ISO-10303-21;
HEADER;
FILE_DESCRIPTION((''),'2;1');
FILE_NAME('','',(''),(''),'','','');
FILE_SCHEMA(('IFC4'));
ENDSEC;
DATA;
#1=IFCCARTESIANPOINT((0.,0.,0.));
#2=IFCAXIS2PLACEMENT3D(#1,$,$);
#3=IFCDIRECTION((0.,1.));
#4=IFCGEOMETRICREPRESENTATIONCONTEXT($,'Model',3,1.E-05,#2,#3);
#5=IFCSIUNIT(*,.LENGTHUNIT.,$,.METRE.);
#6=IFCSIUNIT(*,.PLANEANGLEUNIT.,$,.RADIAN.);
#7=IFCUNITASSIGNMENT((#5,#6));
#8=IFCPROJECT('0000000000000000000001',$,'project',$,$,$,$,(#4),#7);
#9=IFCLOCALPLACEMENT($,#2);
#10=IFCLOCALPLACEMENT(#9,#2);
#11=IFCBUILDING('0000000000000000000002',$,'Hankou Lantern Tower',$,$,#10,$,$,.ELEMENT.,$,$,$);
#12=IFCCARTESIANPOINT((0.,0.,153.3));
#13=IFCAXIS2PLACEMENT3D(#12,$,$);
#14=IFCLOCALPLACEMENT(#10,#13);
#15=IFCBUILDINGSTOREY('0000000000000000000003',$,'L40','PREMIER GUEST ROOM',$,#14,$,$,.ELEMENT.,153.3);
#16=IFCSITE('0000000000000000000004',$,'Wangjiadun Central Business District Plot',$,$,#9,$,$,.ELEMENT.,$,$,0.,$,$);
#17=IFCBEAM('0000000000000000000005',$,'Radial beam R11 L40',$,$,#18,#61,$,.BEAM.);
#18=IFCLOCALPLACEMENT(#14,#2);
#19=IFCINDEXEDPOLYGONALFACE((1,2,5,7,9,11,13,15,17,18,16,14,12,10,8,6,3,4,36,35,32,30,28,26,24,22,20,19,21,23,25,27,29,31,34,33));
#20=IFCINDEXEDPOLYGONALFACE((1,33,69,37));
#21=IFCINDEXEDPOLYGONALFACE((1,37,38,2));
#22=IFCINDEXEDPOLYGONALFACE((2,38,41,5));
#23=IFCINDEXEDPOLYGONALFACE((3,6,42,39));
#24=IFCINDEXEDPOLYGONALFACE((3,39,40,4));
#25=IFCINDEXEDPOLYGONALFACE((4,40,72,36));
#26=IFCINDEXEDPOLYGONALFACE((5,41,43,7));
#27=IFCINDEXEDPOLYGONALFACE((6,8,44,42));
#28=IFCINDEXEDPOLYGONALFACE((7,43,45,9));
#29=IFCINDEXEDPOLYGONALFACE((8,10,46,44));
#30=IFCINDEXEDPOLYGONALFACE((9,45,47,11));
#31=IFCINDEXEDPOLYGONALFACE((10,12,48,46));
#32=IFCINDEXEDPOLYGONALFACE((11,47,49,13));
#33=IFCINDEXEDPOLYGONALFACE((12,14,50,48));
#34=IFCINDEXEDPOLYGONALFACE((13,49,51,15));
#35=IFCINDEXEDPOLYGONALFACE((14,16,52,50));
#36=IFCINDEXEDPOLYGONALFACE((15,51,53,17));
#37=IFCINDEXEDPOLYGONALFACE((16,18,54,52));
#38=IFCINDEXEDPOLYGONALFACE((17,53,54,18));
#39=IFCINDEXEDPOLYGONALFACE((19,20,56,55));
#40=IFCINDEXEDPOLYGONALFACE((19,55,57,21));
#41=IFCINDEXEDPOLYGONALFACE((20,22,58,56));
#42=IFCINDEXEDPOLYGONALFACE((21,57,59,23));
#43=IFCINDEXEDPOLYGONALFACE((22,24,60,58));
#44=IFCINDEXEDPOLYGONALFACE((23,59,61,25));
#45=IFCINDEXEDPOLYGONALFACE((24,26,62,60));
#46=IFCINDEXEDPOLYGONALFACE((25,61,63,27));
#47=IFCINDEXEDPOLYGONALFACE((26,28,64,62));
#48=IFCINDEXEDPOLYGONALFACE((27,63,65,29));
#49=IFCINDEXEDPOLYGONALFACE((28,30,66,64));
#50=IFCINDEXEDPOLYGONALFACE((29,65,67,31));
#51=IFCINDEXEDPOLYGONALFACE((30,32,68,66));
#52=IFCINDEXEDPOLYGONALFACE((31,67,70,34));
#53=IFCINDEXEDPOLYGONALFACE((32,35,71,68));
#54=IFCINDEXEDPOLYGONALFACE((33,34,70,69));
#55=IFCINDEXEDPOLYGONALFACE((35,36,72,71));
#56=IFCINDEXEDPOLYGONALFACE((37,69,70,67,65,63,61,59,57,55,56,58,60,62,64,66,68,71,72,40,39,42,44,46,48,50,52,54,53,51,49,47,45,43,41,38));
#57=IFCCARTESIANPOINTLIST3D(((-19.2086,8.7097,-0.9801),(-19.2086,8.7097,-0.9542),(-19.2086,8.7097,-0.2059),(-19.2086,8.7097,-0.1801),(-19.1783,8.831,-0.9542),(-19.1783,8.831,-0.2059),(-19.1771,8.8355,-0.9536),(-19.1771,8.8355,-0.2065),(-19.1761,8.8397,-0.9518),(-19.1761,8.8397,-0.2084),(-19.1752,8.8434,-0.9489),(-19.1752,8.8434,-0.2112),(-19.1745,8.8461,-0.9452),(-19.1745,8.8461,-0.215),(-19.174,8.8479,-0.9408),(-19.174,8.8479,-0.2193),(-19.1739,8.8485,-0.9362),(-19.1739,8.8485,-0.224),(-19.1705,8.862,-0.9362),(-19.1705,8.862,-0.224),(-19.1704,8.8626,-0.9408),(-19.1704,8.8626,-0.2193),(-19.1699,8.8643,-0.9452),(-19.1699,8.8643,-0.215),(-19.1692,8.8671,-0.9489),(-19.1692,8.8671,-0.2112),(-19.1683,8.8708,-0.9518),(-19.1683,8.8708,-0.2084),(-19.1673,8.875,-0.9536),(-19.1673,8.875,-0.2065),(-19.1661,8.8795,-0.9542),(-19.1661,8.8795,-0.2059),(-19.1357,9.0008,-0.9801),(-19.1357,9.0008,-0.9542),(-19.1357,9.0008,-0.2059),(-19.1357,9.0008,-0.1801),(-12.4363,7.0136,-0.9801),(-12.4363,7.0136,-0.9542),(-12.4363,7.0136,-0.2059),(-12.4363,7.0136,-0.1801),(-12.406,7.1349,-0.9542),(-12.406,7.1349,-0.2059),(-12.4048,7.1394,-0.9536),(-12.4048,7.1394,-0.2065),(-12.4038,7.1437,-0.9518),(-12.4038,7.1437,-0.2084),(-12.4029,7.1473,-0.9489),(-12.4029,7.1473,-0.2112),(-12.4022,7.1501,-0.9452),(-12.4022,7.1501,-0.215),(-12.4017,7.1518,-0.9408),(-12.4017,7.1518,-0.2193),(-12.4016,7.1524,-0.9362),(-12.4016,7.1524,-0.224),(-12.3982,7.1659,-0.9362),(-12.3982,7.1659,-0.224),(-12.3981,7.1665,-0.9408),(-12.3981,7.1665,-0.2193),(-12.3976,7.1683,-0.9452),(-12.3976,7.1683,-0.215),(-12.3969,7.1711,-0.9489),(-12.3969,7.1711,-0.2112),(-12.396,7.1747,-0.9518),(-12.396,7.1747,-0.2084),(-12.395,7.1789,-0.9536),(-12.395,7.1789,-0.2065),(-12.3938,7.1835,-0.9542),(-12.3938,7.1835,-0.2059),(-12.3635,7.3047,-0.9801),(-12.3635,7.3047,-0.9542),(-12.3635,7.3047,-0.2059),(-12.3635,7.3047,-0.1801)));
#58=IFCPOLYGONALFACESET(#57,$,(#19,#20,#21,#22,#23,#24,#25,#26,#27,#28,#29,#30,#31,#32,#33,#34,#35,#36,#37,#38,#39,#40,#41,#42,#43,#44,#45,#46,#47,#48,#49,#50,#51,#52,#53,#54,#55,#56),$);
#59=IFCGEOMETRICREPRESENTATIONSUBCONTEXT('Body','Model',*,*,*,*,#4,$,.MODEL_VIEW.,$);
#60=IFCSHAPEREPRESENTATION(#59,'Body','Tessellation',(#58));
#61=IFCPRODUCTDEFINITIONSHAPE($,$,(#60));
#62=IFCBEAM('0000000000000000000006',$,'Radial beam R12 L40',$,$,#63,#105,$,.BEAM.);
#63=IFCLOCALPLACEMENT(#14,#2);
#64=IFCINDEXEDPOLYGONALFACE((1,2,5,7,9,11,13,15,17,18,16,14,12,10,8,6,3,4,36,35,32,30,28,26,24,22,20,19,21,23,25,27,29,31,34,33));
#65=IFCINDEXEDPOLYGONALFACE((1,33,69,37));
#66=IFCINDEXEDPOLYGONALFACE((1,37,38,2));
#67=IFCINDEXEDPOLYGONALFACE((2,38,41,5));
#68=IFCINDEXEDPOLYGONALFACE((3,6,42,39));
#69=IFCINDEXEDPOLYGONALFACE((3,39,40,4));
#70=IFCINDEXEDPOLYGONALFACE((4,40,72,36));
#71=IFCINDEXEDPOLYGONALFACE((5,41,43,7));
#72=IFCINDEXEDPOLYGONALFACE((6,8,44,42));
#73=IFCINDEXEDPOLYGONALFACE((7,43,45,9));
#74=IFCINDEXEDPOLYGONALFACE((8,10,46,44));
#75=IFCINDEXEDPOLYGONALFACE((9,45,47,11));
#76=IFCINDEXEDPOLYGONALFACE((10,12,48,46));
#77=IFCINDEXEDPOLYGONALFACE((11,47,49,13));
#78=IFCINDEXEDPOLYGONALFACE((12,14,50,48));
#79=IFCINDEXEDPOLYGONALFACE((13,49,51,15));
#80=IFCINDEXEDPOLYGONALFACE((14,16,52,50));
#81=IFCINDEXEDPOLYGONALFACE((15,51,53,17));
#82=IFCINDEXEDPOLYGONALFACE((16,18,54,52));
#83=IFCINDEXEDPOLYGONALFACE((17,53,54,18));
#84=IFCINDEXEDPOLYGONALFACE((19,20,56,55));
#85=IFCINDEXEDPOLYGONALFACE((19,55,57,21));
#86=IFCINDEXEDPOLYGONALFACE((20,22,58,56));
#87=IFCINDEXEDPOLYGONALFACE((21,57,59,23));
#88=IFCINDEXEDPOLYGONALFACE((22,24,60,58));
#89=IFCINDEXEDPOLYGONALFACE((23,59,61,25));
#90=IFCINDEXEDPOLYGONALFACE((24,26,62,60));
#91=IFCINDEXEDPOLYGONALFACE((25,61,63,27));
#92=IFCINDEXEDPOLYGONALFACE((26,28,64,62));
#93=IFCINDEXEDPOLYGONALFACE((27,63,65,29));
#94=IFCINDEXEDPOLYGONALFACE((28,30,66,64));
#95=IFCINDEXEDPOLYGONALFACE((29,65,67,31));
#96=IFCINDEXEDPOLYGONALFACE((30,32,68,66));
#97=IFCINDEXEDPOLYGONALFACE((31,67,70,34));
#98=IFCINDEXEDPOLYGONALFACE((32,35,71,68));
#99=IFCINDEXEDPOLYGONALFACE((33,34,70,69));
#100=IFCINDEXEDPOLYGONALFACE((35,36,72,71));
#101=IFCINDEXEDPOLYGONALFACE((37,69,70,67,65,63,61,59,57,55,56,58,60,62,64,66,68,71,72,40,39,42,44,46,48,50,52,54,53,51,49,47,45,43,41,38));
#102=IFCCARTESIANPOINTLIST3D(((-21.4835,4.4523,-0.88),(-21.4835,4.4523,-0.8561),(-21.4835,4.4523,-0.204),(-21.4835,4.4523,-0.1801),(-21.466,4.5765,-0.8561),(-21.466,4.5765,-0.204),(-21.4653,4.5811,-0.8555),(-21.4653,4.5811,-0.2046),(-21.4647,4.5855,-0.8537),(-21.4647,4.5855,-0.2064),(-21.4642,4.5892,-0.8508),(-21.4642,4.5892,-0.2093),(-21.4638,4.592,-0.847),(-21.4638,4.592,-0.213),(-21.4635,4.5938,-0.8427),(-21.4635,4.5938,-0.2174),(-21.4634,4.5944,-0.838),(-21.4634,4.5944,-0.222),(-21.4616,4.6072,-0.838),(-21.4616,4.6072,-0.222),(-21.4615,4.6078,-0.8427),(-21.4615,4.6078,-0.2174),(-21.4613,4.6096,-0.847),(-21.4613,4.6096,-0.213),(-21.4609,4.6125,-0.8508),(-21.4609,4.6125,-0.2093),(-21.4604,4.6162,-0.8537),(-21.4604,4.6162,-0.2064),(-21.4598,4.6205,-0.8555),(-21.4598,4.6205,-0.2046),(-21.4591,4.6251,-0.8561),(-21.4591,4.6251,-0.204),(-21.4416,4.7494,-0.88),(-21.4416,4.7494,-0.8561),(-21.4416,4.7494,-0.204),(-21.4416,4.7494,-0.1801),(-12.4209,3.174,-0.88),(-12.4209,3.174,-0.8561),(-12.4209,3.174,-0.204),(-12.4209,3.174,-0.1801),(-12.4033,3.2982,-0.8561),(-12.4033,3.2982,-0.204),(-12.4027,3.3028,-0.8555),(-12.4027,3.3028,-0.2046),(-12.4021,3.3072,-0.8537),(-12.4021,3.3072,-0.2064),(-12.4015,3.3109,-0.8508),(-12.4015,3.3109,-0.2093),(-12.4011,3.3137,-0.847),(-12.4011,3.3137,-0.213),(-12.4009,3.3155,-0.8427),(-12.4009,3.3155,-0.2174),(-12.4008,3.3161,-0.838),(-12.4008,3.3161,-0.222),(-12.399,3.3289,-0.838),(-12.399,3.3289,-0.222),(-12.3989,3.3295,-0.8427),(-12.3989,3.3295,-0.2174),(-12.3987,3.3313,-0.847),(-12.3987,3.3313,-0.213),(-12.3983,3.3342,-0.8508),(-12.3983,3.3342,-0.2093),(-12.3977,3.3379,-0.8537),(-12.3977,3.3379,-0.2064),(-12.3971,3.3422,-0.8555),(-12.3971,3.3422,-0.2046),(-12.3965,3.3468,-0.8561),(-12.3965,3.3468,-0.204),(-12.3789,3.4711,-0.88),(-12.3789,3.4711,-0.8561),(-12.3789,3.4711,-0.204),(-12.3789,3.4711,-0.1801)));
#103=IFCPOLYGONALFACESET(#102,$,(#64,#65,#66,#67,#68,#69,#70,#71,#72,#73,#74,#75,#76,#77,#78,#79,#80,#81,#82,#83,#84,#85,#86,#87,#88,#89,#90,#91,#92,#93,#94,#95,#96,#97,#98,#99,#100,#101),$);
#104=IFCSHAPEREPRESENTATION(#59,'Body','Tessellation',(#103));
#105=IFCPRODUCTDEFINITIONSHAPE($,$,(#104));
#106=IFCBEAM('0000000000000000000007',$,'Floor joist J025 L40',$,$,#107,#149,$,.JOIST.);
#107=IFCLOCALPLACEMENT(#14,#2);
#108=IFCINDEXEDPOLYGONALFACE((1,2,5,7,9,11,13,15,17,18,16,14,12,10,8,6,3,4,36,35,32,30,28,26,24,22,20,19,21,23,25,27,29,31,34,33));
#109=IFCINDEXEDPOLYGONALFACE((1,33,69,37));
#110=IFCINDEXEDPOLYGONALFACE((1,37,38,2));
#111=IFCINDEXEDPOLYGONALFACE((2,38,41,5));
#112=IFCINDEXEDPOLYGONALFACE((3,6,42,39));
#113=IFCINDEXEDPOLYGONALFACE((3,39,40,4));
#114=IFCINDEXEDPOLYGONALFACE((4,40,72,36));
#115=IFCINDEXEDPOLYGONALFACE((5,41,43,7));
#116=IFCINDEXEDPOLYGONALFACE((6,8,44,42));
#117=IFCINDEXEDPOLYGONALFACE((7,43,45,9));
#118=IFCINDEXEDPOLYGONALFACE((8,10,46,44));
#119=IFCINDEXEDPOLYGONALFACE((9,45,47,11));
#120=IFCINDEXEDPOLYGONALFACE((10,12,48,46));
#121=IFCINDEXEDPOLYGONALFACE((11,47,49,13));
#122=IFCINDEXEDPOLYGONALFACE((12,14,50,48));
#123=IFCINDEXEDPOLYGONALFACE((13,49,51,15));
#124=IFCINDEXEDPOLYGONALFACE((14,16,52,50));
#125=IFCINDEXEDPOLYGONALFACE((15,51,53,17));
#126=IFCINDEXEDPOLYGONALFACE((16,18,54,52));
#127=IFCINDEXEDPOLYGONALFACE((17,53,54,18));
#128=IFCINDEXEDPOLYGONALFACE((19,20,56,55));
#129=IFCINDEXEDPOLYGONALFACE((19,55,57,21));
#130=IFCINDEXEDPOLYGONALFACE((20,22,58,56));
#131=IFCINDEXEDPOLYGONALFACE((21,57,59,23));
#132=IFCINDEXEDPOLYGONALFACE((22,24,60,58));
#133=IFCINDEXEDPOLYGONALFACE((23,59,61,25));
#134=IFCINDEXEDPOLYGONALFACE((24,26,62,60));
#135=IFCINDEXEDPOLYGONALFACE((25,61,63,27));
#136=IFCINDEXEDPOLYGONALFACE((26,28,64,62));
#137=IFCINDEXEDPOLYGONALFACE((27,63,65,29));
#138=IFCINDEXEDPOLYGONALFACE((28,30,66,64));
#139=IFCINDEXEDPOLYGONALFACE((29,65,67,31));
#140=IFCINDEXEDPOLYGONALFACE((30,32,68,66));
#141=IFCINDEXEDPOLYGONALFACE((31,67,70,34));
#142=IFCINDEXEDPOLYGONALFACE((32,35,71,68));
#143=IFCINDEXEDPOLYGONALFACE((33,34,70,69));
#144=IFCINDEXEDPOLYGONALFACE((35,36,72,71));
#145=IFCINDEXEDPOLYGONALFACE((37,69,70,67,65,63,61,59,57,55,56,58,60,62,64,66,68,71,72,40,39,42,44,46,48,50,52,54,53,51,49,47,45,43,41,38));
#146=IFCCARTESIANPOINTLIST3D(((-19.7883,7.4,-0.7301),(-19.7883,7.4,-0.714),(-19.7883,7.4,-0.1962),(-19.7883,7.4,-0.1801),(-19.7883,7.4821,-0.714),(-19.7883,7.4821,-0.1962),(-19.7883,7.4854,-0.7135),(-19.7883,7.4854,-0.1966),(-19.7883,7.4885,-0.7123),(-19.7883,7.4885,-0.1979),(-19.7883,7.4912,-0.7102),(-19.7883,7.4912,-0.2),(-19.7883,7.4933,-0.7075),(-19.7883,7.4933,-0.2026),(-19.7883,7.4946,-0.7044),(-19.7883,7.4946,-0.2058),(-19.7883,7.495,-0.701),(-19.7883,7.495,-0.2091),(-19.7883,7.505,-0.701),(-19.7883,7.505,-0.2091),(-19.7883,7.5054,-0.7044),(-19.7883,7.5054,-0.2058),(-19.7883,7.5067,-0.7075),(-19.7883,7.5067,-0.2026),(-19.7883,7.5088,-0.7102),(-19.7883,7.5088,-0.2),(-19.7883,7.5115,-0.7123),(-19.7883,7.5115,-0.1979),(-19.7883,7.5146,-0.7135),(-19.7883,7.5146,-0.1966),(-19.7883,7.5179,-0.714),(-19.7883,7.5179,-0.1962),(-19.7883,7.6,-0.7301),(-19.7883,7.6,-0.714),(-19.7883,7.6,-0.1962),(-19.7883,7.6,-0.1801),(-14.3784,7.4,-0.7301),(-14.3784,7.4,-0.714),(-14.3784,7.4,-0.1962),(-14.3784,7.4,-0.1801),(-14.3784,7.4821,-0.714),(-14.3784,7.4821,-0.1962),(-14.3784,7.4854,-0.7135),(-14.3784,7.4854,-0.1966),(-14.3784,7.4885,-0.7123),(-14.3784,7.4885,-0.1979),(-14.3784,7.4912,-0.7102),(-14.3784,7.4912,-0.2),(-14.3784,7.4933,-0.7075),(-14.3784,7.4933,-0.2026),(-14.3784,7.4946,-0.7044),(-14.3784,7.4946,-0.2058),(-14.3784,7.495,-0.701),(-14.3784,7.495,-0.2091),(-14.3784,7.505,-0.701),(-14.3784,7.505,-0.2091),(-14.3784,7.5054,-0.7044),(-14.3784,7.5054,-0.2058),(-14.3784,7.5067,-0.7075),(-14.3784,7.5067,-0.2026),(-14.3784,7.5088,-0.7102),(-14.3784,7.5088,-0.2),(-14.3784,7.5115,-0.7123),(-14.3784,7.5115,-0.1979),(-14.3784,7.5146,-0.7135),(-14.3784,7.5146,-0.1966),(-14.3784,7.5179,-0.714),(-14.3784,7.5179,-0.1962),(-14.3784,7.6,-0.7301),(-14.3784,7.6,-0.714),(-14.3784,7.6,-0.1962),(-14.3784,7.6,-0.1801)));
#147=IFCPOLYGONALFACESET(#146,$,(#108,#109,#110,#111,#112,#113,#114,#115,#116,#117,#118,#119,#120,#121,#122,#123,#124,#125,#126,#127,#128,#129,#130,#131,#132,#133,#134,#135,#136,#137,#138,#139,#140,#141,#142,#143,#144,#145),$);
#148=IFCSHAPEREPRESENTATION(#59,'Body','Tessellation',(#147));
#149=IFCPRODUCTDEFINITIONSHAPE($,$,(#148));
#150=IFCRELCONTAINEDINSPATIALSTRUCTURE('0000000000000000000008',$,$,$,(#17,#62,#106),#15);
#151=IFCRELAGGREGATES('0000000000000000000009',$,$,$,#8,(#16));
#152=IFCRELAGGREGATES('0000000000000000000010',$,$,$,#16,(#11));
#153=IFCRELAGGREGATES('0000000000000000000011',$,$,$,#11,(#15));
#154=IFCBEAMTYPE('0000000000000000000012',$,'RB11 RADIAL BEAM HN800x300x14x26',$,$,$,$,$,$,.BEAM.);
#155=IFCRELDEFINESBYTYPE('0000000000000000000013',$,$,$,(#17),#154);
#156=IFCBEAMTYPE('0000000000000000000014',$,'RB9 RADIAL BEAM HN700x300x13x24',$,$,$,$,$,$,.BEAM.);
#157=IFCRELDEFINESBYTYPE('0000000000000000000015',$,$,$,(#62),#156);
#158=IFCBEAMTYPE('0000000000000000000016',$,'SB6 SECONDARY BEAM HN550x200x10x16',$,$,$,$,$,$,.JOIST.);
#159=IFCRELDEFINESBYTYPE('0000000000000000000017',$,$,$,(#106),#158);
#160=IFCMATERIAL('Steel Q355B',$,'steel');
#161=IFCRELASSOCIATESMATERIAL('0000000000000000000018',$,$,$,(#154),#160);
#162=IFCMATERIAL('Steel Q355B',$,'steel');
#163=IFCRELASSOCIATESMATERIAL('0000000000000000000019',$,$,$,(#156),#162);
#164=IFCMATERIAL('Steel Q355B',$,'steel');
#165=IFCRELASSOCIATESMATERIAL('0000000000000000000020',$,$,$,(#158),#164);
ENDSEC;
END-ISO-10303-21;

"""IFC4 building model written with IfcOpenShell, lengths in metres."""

from ifc_helpers import new_model, si_unit, direction, frame, origin, origin_2d, place, context, subcontext, project, spatial, i_section, extrude, material, material_profile, profile_set, type_object, element, save


model = new_model("IFC4")

# Units and contexts
model_context = context("Model", 3, precision=1e-05, world=origin(), true_north=direction((0.0, 1.0)))
body_context = subcontext(model_context, "Body", "Model", "MODEL_VIEW")
ifc_project = project(units=[si_unit("LENGTHUNIT", "METRE"), si_unit("PLANEANGLEUNIT", "RADIAN")], contexts=[model_context])

# Site, building, storey
site_placement = place(None, origin())
site = spatial("IfcSite", under=ifc_project, at=site_placement, Name="Wangjiadun Central Business District Plot", CompositionType="ELEMENT", RefElevation=0.0)
building_placement = place(site_placement, origin())
building = spatial("IfcBuilding", under=site, at=building_placement, Name="Hankou Lantern Tower", CompositionType="ELEMENT")
storey_placement = place(building_placement, frame((0.0, 0.0, 153.3)))
storey = spatial("IfcBuildingStorey", under=building, at=storey_placement, Name="L40", Description="PREMIER GUEST ROOM", CompositionType="ELEMENT", Elevation=153.3)

# Beams
ifc_material_1 = material(Name="Steel Q355B", Category="steel")
ifc_material_profile_1 = material_profile(ifc_material_1, i_section(OverallWidth=0.3, OverallDepth=0.8, WebThickness=0.0139, FlangeThickness=0.0259, FilletRadius=0.0181, at=origin_2d()), Name="HN800x300x14x26")
ifc_profile_set_1 = profile_set([ifc_material_profile_1], Name="Steel Q355B")
beam_type_1 = type_object("IfcBeamType", Name="RB11 RADIAL BEAM HN800x300x14x26", PredefinedType="BEAM", material=ifc_profile_set_1)
beam_1_placement = place(storey_placement, frame((-12.3999, 7.1592, -0.5801), z_axis=(-0.970042, 0.242939, 0.0), x_axis=(-0.242939, -0.970042, 0.0)))
element("IfcBeam", 1, at=beam_1_placement, inside=storey, type_object=beam_type_1, Name="Radial beam R11 L40", PredefinedType="BEAM", context=body_context, shape_type="SweptSolid", body=[
    extrude(i_section(OverallWidth=0.3, OverallDepth=0.8, WebThickness=0.0139, FlangeThickness=0.0259, FilletRadius=0.0181, at=origin_2d()), origin(), (0.0, 0.0, 1.0), 6.9814),
])
ifc_material_2 = material(Name="Steel Q355B", Category="steel")
ifc_material_profile_2 = material_profile(ifc_material_2, i_section(OverallWidth=0.3, OverallDepth=0.7, WebThickness=0.0129, FlangeThickness=0.0239, FilletRadius=0.0181, at=origin_2d()), Name="HN700x300x13x24")
ifc_profile_set_2 = profile_set([ifc_material_profile_2], Name="Steel Q355B")
beam_type_2 = type_object("IfcBeamType", Name="RB9 RADIAL BEAM HN700x300x13x24", PredefinedType="BEAM", material=ifc_profile_set_2)
beam_2_placement = place(storey_placement, frame((-12.3999, 3.3225, -0.53), z_axis=(-0.990198, 0.13967, 0.0), x_axis=(-0.13967, -0.990198, 0.0)))
element("IfcBeam", 2, at=beam_2_placement, inside=storey, type_object=beam_type_2, Name="Radial beam R12 L40", PredefinedType="BEAM", context=body_context, shape_type="SweptSolid", body=[
    extrude(i_section(OverallWidth=0.3, OverallDepth=0.7, WebThickness=0.0129, FlangeThickness=0.0239, FilletRadius=0.0181, at=origin_2d()), origin(), (0.0, 0.0, 1.0), 9.1523),
])
ifc_material_3 = material(Name="Steel Q355B", Category="steel")
ifc_material_profile_3 = material_profile(ifc_material_3, i_section(OverallWidth=0.2, OverallDepth=0.55, WebThickness=0.01, FlangeThickness=0.0161, FilletRadius=0.0129, at=origin_2d()), Name="HN550x200x10x16")
ifc_profile_set_3 = profile_set([ifc_material_profile_3], Name="Steel Q355B")
beam_type_3 = type_object("IfcBeamType", Name="SB6 SECONDARY BEAM HN550x200x10x16", PredefinedType="JOIST", material=ifc_profile_set_3)
beam_3_placement = place(storey_placement, frame((-19.7883, 7.5, -0.4551), z_axis=(1.0, 0.0, 0.0), x_axis=(0.0, 1.0, 0.0)))
element("IfcBeam", 3, at=beam_3_placement, inside=storey, type_object=beam_type_3, Name="Floor joist J025 L40", PredefinedType="JOIST", context=body_context, shape_type="SweptSolid", body=[
    extrude(i_section(OverallWidth=0.2, OverallDepth=0.55, WebThickness=0.01, FlangeThickness=0.0161, FilletRadius=0.0129, at=origin_2d()), origin(), (0.0, 0.0, 1.0), 5.4099),
])

save(model, "model.ifc")
